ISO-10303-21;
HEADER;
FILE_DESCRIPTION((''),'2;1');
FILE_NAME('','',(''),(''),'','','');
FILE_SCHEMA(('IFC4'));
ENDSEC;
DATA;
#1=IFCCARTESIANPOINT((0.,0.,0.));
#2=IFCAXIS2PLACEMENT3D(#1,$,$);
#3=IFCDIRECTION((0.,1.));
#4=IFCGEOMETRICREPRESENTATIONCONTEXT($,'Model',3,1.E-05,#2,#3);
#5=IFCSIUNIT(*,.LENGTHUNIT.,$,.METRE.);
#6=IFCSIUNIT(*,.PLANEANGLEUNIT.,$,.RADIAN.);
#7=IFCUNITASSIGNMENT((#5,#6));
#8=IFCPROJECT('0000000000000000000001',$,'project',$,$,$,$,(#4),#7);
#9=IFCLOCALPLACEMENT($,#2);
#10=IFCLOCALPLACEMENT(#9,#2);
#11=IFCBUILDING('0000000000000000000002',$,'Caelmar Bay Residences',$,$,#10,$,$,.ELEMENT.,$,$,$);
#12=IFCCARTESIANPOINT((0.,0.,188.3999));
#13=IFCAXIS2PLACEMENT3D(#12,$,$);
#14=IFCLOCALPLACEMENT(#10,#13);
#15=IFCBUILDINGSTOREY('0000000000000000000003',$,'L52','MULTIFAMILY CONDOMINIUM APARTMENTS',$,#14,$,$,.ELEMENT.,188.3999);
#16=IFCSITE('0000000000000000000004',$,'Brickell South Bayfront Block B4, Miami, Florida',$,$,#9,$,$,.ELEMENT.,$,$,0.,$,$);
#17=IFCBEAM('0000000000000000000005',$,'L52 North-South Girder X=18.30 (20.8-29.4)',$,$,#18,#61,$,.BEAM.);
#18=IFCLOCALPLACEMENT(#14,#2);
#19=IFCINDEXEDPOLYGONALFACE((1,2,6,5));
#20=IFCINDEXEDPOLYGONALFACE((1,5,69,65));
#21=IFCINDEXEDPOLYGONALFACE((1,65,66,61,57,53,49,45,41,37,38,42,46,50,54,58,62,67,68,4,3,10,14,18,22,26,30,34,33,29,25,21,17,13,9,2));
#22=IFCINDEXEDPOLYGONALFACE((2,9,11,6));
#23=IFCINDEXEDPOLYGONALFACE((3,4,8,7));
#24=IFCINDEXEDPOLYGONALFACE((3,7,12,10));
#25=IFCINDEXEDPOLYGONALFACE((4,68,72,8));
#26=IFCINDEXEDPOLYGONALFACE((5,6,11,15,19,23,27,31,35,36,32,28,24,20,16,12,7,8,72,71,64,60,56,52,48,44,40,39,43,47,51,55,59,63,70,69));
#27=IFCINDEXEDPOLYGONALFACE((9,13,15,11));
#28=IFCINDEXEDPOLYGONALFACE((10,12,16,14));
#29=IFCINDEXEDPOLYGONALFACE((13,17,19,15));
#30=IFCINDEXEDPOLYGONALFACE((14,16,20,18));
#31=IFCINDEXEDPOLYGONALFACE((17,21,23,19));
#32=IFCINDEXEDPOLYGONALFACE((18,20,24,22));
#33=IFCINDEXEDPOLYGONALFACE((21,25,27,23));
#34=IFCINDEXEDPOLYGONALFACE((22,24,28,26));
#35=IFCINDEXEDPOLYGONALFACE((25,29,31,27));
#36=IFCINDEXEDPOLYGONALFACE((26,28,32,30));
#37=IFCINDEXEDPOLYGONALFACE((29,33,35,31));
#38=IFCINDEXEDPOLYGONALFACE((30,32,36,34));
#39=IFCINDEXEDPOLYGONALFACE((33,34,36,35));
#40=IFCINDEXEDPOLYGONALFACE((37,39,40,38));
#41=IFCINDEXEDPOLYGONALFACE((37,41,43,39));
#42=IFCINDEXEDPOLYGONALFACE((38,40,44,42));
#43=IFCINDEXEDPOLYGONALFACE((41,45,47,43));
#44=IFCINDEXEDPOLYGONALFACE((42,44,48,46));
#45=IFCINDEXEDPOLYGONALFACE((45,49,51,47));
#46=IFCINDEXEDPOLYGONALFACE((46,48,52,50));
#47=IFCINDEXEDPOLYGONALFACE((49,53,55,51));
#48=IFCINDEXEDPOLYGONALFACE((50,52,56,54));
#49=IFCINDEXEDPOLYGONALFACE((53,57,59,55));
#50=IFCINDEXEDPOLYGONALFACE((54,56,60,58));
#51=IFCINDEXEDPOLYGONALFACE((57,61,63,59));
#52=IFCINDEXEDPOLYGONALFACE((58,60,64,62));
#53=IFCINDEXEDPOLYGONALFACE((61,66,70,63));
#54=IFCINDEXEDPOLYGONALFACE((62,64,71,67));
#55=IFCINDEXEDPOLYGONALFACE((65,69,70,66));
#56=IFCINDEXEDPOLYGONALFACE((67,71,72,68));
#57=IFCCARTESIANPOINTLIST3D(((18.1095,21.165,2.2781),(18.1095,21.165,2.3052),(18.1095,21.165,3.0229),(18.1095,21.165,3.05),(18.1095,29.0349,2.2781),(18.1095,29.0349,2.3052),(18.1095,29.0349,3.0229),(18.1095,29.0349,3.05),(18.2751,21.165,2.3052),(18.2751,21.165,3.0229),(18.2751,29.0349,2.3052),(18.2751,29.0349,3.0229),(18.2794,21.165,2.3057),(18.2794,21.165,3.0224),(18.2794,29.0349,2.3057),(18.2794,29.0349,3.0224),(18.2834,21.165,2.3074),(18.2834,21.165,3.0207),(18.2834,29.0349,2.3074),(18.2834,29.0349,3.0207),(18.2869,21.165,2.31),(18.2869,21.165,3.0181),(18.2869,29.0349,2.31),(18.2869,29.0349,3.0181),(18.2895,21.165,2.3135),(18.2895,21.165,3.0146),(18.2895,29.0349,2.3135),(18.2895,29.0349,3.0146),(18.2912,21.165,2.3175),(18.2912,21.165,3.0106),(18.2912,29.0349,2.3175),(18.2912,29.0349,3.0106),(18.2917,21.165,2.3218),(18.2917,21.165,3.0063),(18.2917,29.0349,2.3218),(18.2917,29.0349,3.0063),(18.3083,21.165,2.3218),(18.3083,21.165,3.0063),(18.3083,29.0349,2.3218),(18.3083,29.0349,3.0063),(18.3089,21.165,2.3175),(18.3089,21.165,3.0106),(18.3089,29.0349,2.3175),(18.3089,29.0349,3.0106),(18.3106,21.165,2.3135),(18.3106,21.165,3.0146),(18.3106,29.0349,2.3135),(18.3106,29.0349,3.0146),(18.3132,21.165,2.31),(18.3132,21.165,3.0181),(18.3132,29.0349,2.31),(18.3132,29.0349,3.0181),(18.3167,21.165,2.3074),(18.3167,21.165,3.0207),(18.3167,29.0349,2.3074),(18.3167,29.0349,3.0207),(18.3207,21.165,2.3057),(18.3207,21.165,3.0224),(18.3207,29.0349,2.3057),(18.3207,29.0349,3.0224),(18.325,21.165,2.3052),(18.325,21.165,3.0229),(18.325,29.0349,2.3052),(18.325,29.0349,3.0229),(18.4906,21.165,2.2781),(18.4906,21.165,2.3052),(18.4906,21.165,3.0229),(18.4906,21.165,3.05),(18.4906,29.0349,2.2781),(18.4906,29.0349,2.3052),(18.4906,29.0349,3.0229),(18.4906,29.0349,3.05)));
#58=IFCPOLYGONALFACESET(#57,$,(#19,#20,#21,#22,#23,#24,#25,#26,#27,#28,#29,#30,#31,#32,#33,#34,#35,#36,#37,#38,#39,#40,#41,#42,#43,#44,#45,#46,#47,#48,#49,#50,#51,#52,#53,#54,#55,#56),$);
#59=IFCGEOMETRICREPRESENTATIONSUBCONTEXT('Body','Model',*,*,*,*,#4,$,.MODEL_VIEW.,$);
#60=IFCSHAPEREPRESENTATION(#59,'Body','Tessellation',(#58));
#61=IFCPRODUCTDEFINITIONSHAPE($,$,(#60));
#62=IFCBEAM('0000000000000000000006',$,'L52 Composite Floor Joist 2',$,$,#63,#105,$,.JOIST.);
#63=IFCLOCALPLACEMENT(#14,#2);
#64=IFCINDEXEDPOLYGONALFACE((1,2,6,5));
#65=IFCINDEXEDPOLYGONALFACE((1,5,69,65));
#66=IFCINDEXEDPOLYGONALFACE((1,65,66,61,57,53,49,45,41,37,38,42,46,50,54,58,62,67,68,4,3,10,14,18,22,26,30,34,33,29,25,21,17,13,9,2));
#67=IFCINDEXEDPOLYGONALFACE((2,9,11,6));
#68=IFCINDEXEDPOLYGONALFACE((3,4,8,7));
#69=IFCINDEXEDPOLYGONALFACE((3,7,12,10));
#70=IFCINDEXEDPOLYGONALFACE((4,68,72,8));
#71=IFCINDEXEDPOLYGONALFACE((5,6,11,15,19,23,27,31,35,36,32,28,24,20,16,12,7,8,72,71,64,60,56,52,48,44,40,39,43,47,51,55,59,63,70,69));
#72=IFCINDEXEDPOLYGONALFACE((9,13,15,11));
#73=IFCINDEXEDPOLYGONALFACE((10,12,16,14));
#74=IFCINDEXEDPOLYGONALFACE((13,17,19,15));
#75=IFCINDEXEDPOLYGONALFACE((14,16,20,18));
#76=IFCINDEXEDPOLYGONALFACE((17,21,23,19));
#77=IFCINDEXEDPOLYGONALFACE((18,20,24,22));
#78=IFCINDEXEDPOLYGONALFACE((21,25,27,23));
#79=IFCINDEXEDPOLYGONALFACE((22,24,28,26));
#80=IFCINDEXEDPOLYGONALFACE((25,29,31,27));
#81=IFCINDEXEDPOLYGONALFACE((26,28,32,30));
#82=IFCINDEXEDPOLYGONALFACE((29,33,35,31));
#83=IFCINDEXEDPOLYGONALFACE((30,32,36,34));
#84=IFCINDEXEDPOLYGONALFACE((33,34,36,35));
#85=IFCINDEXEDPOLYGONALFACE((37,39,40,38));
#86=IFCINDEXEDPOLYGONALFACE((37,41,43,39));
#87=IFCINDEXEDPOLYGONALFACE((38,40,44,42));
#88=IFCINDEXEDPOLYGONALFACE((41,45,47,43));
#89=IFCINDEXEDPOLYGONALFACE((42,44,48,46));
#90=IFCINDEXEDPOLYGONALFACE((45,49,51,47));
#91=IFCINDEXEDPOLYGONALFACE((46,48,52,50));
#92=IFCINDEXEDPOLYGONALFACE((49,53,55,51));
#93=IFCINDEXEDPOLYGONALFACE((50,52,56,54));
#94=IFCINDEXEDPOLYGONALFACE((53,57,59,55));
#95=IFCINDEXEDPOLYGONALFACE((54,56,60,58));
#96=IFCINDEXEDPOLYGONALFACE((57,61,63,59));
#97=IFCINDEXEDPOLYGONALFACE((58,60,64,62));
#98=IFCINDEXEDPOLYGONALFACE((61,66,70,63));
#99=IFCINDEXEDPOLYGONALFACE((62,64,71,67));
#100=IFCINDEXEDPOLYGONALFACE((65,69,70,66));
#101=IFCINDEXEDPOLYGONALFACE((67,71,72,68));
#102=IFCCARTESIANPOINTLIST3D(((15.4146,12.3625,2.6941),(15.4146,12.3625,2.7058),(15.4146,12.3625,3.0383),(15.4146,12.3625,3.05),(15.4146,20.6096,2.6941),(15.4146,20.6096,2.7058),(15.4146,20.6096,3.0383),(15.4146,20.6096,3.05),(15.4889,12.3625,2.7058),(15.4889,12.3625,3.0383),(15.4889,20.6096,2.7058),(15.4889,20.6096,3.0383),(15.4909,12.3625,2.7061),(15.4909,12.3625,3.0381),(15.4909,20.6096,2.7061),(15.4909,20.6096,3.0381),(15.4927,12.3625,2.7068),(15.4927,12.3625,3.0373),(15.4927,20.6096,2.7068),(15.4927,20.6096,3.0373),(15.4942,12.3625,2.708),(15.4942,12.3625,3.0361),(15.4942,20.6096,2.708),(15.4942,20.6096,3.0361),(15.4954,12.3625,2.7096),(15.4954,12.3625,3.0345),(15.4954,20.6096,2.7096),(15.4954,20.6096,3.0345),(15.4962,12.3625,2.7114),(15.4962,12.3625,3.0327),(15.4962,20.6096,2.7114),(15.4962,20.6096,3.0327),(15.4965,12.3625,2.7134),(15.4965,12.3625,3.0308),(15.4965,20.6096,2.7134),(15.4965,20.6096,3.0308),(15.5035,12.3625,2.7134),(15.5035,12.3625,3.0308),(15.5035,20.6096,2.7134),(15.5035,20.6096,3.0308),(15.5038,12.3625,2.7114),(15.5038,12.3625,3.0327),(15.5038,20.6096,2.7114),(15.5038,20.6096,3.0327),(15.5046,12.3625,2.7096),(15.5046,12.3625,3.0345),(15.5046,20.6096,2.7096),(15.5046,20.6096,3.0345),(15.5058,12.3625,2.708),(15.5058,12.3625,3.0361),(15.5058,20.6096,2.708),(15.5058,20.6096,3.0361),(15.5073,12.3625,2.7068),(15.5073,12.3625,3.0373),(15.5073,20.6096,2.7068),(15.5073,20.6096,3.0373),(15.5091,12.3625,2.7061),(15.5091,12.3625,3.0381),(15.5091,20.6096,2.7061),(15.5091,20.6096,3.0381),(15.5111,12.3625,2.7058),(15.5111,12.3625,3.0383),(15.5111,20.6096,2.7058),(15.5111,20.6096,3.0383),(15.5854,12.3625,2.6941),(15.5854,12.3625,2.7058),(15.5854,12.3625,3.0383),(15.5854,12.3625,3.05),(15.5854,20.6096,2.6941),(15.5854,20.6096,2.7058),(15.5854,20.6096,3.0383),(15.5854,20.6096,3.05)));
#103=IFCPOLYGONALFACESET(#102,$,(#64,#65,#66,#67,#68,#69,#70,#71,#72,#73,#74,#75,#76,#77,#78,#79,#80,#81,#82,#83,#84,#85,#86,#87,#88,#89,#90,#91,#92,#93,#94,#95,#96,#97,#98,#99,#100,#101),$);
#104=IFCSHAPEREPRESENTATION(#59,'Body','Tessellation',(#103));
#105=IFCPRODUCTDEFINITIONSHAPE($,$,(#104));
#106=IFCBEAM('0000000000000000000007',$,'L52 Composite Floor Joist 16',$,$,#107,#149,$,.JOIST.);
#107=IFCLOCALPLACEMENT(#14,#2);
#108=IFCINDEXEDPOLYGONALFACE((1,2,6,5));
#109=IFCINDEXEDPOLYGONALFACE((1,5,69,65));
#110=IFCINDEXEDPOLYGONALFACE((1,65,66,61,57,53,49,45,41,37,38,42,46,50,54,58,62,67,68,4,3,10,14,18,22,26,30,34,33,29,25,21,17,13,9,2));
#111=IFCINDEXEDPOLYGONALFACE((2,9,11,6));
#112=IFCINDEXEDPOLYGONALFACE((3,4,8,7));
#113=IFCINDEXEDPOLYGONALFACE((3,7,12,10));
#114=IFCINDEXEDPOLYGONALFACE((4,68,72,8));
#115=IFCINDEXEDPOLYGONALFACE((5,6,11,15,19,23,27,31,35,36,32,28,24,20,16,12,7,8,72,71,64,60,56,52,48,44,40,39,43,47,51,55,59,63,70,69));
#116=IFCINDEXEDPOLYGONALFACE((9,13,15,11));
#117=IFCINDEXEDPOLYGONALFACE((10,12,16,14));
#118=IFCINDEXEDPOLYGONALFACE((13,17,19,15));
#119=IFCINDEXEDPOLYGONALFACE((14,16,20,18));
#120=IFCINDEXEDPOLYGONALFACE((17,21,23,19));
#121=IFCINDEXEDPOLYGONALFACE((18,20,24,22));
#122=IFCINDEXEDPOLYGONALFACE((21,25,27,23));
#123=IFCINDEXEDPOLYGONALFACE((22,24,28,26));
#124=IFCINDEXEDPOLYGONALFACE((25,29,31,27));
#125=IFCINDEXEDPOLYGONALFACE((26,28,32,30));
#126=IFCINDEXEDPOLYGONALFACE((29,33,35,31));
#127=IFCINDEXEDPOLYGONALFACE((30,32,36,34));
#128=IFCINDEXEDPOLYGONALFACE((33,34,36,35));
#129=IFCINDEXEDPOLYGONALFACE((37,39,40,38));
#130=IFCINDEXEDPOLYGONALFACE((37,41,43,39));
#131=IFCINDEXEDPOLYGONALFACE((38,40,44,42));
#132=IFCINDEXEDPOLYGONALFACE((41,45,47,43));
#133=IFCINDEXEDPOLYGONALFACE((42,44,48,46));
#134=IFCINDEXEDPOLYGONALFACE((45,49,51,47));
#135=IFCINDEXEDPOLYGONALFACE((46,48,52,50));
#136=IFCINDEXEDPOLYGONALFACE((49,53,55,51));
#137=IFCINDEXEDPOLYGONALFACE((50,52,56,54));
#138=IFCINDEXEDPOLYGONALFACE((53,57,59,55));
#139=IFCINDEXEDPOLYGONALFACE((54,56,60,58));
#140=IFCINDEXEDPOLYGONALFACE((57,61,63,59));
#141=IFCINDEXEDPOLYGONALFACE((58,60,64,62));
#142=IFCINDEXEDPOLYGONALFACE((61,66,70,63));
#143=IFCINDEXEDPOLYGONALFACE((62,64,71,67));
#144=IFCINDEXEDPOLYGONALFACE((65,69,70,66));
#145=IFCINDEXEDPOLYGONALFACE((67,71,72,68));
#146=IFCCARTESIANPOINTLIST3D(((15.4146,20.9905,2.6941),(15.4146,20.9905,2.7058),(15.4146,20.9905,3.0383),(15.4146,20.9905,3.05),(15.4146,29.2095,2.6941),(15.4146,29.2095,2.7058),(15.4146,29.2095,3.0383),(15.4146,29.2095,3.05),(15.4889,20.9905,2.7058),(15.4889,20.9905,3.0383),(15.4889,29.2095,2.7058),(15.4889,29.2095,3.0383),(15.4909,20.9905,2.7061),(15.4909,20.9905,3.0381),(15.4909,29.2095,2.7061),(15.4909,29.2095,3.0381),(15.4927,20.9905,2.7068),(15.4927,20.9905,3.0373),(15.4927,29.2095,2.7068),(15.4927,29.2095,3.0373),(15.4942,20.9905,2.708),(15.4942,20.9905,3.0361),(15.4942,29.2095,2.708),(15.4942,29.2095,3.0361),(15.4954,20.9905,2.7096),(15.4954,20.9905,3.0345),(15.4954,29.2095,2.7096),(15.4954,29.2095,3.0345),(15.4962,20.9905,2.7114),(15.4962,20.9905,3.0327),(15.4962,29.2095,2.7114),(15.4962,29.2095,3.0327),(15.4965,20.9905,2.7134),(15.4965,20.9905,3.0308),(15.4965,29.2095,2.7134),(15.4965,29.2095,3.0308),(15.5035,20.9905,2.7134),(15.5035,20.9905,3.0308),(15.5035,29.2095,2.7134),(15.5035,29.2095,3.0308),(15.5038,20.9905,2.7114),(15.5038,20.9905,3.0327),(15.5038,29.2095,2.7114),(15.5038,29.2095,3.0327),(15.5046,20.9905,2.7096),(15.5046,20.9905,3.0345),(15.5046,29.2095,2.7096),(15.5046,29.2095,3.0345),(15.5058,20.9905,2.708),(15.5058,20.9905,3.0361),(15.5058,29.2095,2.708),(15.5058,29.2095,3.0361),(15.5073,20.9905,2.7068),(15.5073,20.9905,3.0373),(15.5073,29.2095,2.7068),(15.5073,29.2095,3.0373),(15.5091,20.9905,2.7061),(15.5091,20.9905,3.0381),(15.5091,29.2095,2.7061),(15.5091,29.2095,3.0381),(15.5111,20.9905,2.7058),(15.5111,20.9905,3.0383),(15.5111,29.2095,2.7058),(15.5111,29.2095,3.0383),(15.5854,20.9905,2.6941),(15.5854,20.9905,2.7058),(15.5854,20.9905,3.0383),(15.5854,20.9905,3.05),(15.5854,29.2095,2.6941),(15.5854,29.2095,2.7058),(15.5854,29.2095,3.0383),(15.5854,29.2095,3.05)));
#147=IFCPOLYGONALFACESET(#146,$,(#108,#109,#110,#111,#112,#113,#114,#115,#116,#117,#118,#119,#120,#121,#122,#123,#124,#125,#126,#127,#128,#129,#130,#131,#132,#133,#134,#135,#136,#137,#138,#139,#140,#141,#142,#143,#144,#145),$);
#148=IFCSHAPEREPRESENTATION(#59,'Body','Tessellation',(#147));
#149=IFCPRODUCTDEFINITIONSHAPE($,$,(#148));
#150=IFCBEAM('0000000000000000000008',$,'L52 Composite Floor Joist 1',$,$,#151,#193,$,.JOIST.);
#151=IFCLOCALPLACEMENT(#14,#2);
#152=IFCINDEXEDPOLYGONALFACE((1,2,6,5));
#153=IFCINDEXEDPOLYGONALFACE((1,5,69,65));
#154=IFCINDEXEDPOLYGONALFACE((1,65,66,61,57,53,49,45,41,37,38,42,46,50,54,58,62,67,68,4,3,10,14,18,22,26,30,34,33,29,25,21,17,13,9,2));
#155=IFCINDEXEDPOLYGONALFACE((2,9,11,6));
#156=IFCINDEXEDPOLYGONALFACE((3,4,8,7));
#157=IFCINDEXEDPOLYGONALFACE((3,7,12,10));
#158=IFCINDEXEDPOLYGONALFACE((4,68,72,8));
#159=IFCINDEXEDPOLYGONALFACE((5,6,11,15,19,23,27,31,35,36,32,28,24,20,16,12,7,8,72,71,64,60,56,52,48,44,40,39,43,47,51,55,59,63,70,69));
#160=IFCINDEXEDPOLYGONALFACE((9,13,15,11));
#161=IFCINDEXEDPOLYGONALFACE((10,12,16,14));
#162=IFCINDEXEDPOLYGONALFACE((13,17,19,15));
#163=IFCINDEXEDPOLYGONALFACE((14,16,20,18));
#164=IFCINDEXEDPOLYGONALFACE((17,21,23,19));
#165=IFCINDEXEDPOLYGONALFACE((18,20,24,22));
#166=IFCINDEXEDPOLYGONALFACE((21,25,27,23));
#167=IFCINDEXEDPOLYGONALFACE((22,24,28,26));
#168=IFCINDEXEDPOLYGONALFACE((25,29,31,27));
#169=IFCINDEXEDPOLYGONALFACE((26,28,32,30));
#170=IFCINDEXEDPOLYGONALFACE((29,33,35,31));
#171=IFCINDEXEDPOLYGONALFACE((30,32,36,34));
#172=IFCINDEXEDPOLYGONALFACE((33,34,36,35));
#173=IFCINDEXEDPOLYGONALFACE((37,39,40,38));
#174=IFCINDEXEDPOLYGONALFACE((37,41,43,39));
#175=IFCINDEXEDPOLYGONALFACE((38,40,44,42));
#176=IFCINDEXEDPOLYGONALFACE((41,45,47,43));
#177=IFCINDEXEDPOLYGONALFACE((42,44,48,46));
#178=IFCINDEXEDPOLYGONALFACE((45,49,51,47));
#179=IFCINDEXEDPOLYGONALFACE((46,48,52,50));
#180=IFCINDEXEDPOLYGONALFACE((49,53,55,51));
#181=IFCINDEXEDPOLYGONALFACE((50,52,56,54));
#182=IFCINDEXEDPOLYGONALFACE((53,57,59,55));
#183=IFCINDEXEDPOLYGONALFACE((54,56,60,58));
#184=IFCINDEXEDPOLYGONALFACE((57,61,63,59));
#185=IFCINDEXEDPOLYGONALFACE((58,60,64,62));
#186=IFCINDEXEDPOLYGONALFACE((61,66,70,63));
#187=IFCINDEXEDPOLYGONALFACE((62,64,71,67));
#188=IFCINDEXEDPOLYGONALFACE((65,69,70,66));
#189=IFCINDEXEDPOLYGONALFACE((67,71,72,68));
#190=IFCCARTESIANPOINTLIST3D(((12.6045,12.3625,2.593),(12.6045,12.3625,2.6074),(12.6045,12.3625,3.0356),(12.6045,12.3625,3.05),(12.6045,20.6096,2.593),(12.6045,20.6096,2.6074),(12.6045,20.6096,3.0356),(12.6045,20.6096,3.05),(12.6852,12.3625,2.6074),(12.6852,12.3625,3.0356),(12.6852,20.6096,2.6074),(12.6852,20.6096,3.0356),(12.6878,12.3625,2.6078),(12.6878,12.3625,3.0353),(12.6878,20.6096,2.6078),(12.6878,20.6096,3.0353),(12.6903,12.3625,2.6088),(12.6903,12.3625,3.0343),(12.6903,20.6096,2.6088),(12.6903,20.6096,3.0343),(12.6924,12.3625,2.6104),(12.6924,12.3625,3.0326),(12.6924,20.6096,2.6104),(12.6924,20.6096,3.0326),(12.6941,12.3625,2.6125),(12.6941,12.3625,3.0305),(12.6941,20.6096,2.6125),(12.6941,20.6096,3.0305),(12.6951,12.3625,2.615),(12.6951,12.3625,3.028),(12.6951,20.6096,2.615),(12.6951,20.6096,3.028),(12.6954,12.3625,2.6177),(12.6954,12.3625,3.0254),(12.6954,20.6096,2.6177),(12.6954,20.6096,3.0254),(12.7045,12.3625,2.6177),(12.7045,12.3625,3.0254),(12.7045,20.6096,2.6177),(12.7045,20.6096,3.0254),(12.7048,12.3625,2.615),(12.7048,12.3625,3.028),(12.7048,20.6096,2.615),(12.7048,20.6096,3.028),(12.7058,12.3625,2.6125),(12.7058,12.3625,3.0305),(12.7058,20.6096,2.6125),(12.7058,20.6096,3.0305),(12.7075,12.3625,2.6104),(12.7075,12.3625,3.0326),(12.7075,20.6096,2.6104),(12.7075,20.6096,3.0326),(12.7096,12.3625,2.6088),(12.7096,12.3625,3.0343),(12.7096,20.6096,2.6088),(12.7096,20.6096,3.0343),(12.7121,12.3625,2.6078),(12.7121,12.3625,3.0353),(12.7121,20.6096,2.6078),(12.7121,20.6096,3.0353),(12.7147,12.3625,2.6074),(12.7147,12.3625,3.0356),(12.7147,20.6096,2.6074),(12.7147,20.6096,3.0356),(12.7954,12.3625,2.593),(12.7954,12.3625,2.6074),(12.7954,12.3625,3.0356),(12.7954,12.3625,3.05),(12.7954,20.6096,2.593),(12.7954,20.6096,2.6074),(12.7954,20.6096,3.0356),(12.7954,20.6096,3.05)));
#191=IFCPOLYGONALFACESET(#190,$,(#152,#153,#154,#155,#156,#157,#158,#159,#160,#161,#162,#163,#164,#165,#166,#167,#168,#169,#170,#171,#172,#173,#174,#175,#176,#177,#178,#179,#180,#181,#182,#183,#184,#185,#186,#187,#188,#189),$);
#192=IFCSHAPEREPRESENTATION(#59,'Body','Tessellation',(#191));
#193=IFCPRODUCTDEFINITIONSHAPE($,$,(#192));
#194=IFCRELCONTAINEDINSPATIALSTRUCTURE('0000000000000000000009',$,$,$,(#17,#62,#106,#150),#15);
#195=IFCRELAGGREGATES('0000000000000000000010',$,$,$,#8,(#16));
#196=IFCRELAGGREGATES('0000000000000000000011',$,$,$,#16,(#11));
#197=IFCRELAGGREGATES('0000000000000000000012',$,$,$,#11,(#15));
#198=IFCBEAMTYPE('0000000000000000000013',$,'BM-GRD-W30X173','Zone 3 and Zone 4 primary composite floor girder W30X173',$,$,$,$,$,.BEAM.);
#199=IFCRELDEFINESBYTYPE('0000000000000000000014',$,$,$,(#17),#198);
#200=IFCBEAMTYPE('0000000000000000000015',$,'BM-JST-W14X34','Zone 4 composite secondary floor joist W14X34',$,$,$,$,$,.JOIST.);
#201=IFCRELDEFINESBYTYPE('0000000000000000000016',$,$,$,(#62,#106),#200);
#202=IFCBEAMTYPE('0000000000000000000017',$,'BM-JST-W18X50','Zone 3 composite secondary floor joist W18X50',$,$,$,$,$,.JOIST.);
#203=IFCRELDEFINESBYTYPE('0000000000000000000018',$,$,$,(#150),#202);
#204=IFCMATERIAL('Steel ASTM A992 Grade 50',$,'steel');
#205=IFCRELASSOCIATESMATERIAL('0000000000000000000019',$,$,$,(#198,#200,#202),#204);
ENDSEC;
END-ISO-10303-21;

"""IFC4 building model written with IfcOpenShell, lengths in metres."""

from ifc_helpers import new_model, si_unit, direction, frame, origin, origin_2d, place, context, subcontext, project, spatial, i_section, extrude, material, material_profile, profile_set, type_object, element, save


model = new_model("IFC4")

# Units and contexts
model_context = context("Model", 3, precision=1e-05, world=origin(), true_north=direction((0.0, 1.0)))
body_context = subcontext(model_context, "Body", "Model", "MODEL_VIEW")
ifc_project = project(units=[si_unit("LENGTHUNIT", "METRE"), si_unit("PLANEANGLEUNIT", "RADIAN")], contexts=[model_context])

# Site, building, storey
site_placement = place(None, origin())
site = spatial("IfcSite", under=ifc_project, at=site_placement, Name="Brickell South Bayfront Block B4, Miami, Florida", CompositionType="ELEMENT", RefElevation=0.0)
building_placement = place(site_placement, origin())
building = spatial("IfcBuilding", under=site, at=building_placement, Name="Caelmar Bay Residences", CompositionType="ELEMENT")
storey_placement = place(building_placement, frame((0.0, 0.0, 188.3999)))
storey = spatial("IfcBuildingStorey", under=building, at=storey_placement, Name="L52", Description="MULTIFAMILY CONDOMINIUM APARTMENTS", CompositionType="ELEMENT", Elevation=188.3999)

# Beams
ifc_material_1 = material(Name="Steel ASTM A992 Grade 50", Category="steel")
ifc_material_profile_1 = material_profile(ifc_material_1, i_section(OverallWidth=0.3811, OverallDepth=0.772, WebThickness=0.0166, FlangeThickness=0.0271, FilletRadius=0.0166, at=origin_2d()), Name="W30X173")
ifc_profile_set_1 = profile_set([ifc_material_profile_1], Name="Steel ASTM A992 Grade 50")
beam_type_1 = type_object("IfcBeamType", Name="BM-GRD-W30X173", Description="Zone 3 and Zone 4 primary composite floor girder W30X173", PredefinedType="BEAM", material=ifc_profile_set_1)
beam_1_placement = place(storey_placement, frame((18.3, 21.165, 2.6641), z_axis=(0.0, 1.0, 0.0), x_axis=(-1.0, 0.0, 0.0)))
element("IfcBeam", 1, at=beam_1_placement, inside=storey, type_object=beam_type_1, Name="L52 North-South Girder X=18.30 (20.8-29.4)", PredefinedType="BEAM", context=body_context, shape_type="SweptSolid", body=[
    extrude(i_section(OverallWidth=0.3811, OverallDepth=0.772, WebThickness=0.0166, FlangeThickness=0.0271, FilletRadius=0.0166, at=origin_2d()), origin(), (0.0, 0.0, 1.0), 7.8699),
])
ifc_material_profile_2 = material_profile(ifc_material_1, i_section(OverallWidth=0.1709, OverallDepth=0.356, WebThickness=0.0071, FlangeThickness=0.0117, FilletRadius=0.0076, at=origin_2d()), Name="W14X34")
ifc_profile_set_2 = profile_set([ifc_material_profile_2], Name="Steel ASTM A992 Grade 50")
beam_type_2 = type_object("IfcBeamType", Name="BM-JST-W14X34", Description="Zone 4 composite secondary floor joist W14X34", PredefinedType="JOIST", material=ifc_profile_set_2)
beam_2_placement = place(storey_placement, frame((15.5, 12.3625, 2.8721), z_axis=(0.0, 1.0, 0.0), x_axis=(-1.0, 0.0, 0.0)))
element("IfcBeam", 2, at=beam_2_placement, inside=storey, type_object=beam_type_2, Name="L52 Composite Floor Joist 2", PredefinedType="JOIST", context=body_context, shape_type="SweptSolid", body=[
    extrude(i_section(OverallWidth=0.1709, OverallDepth=0.356, WebThickness=0.0071, FlangeThickness=0.0117, FilletRadius=0.0076, at=origin_2d()), origin(), (0.0, 0.0, 1.0), 8.2471),
])
beam_3_placement = place(storey_placement, frame((15.5, 20.9905, 2.8721), z_axis=(0.0, 1.0, 0.0), x_axis=(-1.0, 0.0, 0.0)))
element("IfcBeam", 3, at=beam_3_placement, inside=storey, type_object=beam_type_2, Name="L52 Composite Floor Joist 16", PredefinedType="JOIST", context=body_context, shape_type="SweptSolid", body=[
    extrude(i_section(OverallWidth=0.1709, OverallDepth=0.356, WebThickness=0.0071, FlangeThickness=0.0117, FilletRadius=0.0076, at=origin_2d()), origin(), (0.0, 0.0, 1.0), 8.219),
])
ifc_material_profile_3 = material_profile(ifc_material_1, i_section(OverallWidth=0.1909, OverallDepth=0.457, WebThickness=0.009, FlangeThickness=0.0144, FilletRadius=0.0103, at=origin_2d()), Name="W18X50")
ifc_profile_set_3 = profile_set([ifc_material_profile_3], Name="Steel ASTM A992 Grade 50")
beam_type_3 = type_object("IfcBeamType", Name="BM-JST-W18X50", Description="Zone 3 composite secondary floor joist W18X50", PredefinedType="JOIST", material=ifc_profile_set_3)
for number, where, z_axis, x_axis, name in (
    (4, (12.7, 12.3625, 2.8215), (0.0, 1.0, 0.0), (-1.0, 0.0, 0.0), "L52 Composite Floor Joist 1"),
):
    element("IfcBeam", number, at=place(storey_placement, frame(where, z_axis=z_axis, x_axis=x_axis)), inside=storey, type_object=beam_type_3, Name=name, PredefinedType="JOIST", context=body_context, shape_type="SweptSolid", body=[
        extrude(i_section(OverallWidth=0.1909, OverallDepth=0.457, WebThickness=0.009, FlangeThickness=0.0144, FilletRadius=0.0103, at=origin_2d()), origin(), (0.0, 0.0, 1.0), 8.2471),
    ])

save(model, "model.ifc")
